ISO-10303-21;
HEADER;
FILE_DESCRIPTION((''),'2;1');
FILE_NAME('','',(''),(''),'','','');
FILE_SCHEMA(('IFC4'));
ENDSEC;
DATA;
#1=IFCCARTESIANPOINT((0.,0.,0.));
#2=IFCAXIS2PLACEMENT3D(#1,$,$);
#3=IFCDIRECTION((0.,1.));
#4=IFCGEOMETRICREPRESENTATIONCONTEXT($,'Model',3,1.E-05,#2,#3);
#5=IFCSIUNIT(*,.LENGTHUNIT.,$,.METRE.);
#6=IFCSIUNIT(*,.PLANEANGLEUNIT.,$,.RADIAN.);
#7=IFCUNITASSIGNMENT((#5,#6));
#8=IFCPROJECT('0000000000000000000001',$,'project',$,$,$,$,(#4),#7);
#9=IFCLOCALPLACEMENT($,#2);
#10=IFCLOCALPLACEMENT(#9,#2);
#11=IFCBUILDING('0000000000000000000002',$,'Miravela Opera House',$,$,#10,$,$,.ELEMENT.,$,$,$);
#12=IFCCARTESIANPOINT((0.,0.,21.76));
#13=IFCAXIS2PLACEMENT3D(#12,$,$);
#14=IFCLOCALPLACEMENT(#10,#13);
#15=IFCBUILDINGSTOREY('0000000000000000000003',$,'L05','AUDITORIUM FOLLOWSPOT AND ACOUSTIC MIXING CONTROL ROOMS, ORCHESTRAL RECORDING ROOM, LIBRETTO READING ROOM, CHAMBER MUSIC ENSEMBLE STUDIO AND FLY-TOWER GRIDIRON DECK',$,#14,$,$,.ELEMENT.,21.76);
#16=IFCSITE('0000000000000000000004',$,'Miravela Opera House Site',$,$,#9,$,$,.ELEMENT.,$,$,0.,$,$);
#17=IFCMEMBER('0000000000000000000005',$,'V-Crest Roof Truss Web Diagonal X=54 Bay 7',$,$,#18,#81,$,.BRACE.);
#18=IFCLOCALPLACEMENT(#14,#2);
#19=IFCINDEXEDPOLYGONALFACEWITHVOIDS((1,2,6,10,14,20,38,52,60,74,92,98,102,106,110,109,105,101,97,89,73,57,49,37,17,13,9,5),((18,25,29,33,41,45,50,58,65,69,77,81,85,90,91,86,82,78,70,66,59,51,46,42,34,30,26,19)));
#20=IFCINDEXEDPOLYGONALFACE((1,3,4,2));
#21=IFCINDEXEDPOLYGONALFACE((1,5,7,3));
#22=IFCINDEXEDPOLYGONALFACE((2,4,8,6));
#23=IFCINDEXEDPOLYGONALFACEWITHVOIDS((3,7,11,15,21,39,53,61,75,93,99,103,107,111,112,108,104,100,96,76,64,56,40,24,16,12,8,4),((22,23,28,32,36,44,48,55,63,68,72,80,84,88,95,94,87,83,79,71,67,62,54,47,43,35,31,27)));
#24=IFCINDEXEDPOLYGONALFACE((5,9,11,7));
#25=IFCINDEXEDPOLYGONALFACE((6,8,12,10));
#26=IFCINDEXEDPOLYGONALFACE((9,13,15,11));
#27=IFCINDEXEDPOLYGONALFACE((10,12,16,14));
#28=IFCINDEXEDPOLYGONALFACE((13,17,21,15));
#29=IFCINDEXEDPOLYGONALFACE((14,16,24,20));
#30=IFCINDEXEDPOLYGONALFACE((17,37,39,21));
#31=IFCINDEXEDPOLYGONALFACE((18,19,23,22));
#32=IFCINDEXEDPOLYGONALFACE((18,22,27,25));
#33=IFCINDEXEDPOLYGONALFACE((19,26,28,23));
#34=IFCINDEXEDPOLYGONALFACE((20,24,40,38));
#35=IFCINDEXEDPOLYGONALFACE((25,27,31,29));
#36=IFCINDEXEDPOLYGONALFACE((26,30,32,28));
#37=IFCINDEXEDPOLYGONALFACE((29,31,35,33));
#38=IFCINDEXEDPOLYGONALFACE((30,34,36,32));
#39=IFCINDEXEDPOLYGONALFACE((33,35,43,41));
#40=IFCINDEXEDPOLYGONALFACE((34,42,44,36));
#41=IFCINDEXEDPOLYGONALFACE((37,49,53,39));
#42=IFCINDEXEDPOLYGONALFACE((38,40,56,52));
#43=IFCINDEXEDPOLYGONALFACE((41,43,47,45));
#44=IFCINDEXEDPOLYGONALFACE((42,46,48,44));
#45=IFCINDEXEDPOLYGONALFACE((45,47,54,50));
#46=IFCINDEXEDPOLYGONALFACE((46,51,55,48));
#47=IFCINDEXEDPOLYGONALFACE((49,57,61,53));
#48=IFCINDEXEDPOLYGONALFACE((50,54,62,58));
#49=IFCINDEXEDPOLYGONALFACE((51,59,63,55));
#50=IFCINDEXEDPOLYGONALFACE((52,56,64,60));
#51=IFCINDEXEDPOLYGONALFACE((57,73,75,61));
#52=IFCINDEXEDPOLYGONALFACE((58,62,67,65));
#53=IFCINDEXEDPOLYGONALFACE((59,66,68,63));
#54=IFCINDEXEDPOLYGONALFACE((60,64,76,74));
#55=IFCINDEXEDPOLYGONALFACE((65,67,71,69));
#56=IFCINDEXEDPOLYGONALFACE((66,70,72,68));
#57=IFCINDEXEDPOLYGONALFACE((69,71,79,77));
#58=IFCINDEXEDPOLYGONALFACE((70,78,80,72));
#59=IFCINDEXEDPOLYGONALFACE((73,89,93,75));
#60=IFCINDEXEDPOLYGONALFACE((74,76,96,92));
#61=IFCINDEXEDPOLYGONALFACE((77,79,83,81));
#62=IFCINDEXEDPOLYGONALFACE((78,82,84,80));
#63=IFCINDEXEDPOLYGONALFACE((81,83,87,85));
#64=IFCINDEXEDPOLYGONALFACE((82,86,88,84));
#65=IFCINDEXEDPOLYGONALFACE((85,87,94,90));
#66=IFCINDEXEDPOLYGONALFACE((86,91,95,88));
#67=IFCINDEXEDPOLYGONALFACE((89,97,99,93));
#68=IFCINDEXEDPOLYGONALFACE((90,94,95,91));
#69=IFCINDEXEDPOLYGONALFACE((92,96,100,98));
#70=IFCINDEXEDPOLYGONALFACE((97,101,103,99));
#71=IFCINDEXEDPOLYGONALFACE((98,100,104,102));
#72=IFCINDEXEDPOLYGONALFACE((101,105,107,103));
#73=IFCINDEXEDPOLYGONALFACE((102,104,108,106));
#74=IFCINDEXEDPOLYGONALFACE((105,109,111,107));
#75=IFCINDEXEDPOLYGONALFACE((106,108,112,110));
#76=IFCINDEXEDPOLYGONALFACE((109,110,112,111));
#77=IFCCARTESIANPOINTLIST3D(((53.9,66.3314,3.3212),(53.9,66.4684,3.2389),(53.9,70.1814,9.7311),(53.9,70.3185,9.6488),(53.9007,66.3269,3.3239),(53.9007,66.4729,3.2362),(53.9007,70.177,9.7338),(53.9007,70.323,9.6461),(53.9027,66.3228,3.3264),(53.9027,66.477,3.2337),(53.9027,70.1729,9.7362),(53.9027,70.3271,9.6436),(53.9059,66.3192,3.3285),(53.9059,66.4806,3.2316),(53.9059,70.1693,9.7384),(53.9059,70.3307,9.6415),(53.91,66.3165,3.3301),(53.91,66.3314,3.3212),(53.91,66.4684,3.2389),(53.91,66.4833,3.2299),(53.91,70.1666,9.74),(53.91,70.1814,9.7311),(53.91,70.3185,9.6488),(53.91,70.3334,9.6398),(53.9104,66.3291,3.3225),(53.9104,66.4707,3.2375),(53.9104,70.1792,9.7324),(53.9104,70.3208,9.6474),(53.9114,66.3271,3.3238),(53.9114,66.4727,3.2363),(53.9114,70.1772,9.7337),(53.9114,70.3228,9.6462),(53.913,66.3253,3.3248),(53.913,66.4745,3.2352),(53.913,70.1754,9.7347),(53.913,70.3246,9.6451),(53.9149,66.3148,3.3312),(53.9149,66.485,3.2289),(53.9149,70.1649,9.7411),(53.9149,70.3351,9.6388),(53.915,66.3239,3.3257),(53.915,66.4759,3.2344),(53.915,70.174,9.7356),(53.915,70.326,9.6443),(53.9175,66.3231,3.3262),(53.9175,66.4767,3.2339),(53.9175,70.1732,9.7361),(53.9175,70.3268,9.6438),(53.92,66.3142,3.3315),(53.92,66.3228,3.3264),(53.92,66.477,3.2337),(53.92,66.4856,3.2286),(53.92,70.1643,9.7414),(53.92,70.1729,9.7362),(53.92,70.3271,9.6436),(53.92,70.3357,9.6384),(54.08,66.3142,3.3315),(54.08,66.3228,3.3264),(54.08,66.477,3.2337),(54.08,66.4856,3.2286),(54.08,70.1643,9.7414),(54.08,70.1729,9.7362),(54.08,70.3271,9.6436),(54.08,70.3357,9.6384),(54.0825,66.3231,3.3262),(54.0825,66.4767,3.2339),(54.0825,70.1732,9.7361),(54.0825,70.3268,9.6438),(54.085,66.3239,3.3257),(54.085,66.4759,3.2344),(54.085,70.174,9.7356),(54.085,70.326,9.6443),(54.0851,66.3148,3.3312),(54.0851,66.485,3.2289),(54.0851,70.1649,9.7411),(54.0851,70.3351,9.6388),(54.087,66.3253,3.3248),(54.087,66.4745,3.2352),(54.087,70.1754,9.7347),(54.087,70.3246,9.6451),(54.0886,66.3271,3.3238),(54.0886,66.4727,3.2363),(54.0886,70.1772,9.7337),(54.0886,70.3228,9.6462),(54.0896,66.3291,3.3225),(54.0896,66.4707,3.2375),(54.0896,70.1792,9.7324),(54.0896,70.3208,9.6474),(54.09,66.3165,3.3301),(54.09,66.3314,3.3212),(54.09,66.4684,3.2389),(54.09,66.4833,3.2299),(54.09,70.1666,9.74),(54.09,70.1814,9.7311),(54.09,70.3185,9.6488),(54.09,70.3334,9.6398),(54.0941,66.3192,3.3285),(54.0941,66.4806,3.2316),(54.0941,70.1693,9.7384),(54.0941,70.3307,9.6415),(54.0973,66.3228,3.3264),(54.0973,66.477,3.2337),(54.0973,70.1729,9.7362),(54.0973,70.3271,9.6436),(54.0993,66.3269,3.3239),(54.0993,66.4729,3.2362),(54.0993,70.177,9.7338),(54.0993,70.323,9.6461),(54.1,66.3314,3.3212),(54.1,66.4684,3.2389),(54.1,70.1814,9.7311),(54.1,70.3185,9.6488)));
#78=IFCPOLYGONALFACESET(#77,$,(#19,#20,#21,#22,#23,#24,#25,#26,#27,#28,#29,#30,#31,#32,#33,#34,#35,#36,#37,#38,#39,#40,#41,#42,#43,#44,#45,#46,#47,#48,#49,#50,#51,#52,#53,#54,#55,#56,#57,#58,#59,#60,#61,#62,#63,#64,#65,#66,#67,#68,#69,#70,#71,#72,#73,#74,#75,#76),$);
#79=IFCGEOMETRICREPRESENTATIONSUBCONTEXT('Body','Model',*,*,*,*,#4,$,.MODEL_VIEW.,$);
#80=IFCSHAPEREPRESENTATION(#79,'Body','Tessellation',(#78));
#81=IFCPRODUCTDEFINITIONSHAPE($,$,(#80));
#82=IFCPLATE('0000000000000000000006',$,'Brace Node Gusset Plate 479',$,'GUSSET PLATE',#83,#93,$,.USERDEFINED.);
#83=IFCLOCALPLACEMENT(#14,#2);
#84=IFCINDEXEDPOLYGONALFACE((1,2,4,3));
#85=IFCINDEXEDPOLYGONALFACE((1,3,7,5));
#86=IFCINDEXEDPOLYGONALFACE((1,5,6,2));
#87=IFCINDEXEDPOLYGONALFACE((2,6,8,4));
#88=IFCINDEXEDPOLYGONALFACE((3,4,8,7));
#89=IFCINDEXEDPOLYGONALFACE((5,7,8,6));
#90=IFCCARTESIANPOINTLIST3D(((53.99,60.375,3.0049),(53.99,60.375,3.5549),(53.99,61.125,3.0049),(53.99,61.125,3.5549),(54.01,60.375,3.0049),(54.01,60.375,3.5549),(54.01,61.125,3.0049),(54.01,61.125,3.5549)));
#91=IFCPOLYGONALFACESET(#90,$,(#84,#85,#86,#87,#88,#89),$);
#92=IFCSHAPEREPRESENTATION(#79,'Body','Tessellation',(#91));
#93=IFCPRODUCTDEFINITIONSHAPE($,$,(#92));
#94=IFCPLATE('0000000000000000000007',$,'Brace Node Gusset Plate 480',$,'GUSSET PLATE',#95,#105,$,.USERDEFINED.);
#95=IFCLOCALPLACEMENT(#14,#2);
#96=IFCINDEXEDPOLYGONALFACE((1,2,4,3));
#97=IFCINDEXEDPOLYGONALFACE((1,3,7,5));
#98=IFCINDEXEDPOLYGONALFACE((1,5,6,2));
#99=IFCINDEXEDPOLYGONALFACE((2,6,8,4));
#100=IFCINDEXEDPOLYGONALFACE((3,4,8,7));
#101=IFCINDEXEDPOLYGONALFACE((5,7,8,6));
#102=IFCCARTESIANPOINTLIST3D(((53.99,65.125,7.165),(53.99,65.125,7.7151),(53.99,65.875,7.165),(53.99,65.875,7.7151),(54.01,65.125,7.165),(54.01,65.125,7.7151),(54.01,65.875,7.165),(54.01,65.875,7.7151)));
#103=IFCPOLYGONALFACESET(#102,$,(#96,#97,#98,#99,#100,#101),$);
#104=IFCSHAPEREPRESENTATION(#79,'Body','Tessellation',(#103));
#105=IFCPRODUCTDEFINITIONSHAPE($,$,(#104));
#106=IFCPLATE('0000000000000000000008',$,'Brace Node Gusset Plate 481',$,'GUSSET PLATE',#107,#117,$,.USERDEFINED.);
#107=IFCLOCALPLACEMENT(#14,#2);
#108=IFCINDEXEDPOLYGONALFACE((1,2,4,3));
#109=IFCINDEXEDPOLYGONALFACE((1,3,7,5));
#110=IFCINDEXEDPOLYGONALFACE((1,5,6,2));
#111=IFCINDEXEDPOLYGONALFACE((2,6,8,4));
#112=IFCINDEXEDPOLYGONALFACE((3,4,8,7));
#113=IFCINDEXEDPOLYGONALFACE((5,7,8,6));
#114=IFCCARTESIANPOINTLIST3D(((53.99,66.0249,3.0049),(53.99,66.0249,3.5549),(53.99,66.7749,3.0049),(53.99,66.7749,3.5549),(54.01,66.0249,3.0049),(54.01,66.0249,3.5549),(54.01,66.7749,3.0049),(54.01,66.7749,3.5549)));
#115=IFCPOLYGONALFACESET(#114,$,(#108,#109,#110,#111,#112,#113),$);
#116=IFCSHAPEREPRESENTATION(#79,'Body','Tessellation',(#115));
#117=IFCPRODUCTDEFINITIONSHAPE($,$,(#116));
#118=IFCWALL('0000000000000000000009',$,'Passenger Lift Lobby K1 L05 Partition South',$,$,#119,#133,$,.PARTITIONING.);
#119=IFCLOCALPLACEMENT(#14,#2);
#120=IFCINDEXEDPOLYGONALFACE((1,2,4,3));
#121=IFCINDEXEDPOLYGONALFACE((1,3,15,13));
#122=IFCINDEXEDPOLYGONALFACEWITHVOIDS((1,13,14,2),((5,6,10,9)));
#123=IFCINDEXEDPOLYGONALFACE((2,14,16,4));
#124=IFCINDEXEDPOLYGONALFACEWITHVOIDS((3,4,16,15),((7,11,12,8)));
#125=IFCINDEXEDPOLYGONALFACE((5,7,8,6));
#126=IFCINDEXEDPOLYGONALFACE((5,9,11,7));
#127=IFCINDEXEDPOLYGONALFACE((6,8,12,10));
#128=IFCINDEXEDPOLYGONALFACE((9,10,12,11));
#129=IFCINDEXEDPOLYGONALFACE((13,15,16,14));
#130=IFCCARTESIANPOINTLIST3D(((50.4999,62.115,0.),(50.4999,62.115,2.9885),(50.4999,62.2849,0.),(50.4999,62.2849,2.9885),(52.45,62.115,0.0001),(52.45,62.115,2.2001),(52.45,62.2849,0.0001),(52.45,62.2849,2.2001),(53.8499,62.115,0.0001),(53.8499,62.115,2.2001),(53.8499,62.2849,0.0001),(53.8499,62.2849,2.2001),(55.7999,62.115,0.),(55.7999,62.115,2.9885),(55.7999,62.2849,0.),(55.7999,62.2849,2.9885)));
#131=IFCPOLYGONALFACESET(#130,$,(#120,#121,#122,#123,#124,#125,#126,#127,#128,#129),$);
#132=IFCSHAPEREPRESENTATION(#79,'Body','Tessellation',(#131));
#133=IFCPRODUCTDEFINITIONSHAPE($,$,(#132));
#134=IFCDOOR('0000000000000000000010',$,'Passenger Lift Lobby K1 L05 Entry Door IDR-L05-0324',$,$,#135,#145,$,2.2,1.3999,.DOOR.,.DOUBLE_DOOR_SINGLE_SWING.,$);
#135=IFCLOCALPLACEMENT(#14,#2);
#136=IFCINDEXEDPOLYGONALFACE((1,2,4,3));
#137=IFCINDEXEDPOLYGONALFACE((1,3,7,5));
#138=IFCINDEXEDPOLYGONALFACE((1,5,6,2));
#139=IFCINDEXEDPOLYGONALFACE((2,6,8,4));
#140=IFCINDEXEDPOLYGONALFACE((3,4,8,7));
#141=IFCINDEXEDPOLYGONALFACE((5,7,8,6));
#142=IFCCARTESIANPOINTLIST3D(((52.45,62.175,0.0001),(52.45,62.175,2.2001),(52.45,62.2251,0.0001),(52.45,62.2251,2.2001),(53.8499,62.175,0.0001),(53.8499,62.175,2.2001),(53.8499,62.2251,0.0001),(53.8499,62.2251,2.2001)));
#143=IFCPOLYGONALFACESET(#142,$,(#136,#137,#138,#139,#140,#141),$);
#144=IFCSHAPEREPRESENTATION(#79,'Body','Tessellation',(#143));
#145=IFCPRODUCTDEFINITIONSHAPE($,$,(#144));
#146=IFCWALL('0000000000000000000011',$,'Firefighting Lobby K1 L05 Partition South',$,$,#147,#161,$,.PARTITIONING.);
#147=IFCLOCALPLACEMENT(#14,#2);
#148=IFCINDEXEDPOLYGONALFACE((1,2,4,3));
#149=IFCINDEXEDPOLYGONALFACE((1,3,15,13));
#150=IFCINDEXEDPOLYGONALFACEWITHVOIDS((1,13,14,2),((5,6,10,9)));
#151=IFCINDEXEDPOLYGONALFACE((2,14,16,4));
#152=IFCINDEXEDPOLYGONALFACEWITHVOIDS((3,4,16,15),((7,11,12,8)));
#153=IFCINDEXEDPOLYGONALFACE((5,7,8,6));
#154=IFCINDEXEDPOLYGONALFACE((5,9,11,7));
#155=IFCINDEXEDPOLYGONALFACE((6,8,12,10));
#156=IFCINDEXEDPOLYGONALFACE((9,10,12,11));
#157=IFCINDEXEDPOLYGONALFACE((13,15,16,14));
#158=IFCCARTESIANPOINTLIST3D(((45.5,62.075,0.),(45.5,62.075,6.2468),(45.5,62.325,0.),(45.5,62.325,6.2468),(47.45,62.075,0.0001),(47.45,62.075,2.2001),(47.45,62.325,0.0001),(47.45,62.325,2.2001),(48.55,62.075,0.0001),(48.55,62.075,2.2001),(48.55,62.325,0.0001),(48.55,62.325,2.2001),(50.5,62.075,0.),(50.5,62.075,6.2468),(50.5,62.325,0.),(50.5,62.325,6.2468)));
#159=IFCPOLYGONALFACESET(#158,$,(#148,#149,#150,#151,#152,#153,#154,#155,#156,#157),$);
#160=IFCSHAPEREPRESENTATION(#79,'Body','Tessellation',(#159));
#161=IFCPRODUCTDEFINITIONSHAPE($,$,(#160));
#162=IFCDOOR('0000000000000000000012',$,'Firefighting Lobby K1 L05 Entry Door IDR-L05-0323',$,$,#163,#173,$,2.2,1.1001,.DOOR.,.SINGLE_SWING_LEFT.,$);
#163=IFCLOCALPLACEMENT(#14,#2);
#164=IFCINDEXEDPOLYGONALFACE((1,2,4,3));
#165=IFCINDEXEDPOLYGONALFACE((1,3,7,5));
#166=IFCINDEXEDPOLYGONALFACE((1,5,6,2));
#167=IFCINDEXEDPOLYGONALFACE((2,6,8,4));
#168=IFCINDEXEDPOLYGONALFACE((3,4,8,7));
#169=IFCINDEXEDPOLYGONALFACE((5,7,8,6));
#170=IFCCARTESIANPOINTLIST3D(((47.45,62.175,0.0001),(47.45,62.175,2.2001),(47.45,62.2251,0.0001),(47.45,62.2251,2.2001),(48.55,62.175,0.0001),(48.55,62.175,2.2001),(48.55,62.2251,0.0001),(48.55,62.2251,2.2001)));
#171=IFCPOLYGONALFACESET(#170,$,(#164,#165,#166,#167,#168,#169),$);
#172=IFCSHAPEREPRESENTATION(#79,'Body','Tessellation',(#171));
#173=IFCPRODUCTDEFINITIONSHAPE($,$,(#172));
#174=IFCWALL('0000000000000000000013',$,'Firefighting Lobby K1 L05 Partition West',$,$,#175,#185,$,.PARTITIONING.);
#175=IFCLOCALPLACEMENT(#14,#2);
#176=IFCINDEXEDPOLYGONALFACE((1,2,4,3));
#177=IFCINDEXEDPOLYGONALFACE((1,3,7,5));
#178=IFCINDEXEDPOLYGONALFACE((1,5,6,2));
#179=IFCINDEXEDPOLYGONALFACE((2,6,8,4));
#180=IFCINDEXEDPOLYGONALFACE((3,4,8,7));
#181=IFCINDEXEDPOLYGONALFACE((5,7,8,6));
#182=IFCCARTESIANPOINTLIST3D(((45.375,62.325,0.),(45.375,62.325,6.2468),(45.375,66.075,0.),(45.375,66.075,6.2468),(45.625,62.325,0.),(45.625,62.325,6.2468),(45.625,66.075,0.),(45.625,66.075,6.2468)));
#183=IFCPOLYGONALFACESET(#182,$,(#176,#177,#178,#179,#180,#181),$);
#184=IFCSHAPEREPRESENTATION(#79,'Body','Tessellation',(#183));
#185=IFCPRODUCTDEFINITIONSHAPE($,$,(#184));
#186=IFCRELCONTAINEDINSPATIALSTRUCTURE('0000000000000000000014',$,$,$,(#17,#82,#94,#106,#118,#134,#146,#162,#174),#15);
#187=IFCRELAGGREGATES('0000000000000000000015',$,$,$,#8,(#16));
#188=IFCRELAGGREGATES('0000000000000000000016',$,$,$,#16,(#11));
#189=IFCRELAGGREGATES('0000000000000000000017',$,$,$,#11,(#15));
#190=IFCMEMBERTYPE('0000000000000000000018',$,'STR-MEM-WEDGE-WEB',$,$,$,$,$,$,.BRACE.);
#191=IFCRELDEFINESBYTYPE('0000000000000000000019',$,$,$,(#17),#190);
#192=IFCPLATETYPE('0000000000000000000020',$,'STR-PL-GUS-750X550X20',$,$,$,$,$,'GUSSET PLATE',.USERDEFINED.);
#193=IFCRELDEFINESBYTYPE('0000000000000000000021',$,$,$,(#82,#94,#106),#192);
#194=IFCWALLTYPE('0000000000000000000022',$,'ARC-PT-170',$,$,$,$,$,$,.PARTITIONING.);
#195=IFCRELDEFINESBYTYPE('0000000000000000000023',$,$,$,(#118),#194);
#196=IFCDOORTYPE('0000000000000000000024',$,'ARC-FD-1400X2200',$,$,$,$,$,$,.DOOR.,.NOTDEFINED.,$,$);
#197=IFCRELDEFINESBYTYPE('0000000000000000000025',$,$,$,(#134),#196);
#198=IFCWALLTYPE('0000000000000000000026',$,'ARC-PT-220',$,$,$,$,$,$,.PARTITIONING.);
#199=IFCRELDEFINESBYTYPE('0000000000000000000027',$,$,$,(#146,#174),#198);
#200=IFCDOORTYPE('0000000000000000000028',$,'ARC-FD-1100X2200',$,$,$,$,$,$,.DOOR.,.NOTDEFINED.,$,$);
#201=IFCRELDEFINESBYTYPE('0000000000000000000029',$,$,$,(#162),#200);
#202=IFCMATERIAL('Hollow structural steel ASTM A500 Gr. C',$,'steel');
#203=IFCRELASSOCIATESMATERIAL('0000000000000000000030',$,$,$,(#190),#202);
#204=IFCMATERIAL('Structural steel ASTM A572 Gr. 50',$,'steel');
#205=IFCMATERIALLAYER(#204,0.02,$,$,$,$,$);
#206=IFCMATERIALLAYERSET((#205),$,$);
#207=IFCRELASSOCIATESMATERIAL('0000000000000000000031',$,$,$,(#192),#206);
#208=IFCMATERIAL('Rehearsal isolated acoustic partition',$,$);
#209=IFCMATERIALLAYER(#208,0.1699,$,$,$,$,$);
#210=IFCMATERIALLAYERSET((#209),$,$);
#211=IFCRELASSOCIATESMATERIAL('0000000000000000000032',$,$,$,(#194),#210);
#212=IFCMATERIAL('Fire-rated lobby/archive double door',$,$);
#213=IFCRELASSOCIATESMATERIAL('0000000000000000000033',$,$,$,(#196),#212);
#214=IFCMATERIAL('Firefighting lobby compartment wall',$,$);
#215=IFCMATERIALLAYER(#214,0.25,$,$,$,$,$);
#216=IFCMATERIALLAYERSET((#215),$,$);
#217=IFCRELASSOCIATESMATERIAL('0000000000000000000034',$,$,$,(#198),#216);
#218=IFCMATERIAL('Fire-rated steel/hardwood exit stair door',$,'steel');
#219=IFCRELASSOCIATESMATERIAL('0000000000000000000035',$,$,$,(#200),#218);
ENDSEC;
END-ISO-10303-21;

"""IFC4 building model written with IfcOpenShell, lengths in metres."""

from ifc_helpers import new_model, si_unit, direction, frame, frame_2d, origin, origin_2d, place, context, subcontext, project, spatial, rectangle, hollow_rectangle, extrude, material, layer, layer_set, material_profile, profile_set, type_object, element, fill, save


model = new_model("IFC4")

# Units and contexts
model_context = context("Model", 3, precision=1e-05, world=origin(), true_north=direction((0.0, 1.0)))
body_context = subcontext(model_context, "Body", "Model", "MODEL_VIEW")
ifc_project = project(units=[si_unit("LENGTHUNIT", "METRE"), si_unit("PLANEANGLEUNIT", "RADIAN")], contexts=[model_context])

# Site, building, storey
site_placement = place(None, origin())
site = spatial("IfcSite", under=ifc_project, at=site_placement, Name="Miravela Opera House Site", CompositionType="ELEMENT", RefElevation=0.0)
building_placement = place(site_placement, origin())
building = spatial("IfcBuilding", under=site, at=building_placement, Name="Miravela Opera House", CompositionType="ELEMENT")
storey_placement = place(building_placement, frame((0.0, 0.0, 21.76)))
storey = spatial("IfcBuildingStorey", under=building, at=storey_placement, Name="L05", Description="AUDITORIUM FOLLOWSPOT AND ACOUSTIC MIXING CONTROL ROOMS, ORCHESTRAL RECORDING ROOM, LIBRETTO READING ROOM, CHAMBER MUSIC ENSEMBLE STUDIO AND FLY-TOWER GRIDIRON DECK", CompositionType="ELEMENT", Elevation=21.76)

# Member
ifc_material_1 = material(Name="Hollow structural steel ASTM A500 Gr. C", Category="steel")
ifc_material_profile_1 = material_profile(ifc_material_1, hollow_rectangle(XDim=0.2, YDim=0.2, WallThickness=0.01, InnerFilletRadius=0.01, OuterFilletRadius=0.02, at=origin_2d()), Name="HSS200X200X10")
ifc_profile_set_1 = profile_set([ifc_material_profile_1])
member_type_1 = type_object("IfcMemberType", Name="STR-MEM-WEDGE-WEB", PredefinedType="BRACE", material=ifc_profile_set_1)
member_1_placement = place(storey_placement, frame((54.0, 66.3999, 3.28), z_axis=(0.0, 0.514904, 0.857248), x_axis=(-1.0, 0.0, 0.0)))
element("IfcMember", 1, at=member_1_placement, inside=storey, type_object=member_type_1, Name="V-Crest Roof Truss Web Diagonal X=54 Bay 7", PredefinedType="BRACE", context=body_context, shape_type="SweptSolid", body=[
    extrude(hollow_rectangle(XDim=0.2, YDim=0.2, WallThickness=0.01, InnerFilletRadius=0.01, OuterFilletRadius=0.02, at=origin_2d()), origin(), (0.0, 0.0, 1.0), 7.4773),
])

# Plates
ifc_material_2 = material(Name="Structural steel ASTM A572 Gr. 50", Category="steel")
ifc_layer_1 = layer(ifc_material_2, 0.02)
ifc_layer_set_1 = layer_set([ifc_layer_1])
plate_type = type_object("IfcPlateType", Name="STR-PL-GUS-750X550X20", ElementType="GUSSET PLATE", PredefinedType="USERDEFINED", material=ifc_layer_set_1)
for number, where, z_axis, x_axis, name in (
    (2, (54.0, 60.75, 3.0049), (0.0, 0.0, 1.0), (0.0, 1.0, 0.0), "Brace Node Gusset Plate 479"),
    (3, (54.0, 65.5, 7.165), (0.0, 0.0, 1.0), (0.0, 1.0, 0.0), "Brace Node Gusset Plate 480"),
    (4, (54.0, 66.3999, 3.0049), (0.0, 0.0, 1.0), (0.0, 1.0, 0.0), "Brace Node Gusset Plate 481"),
):
    element("IfcPlate", number, at=place(storey_placement, frame(where, z_axis=z_axis, x_axis=x_axis)), inside=storey, type_object=plate_type, Name=name, ObjectType="GUSSET PLATE", PredefinedType="USERDEFINED", context=body_context, shape_type="SweptSolid", body=[
        extrude(rectangle(XDim=0.75, YDim=0.02, at=origin_2d()), origin(), (0.0, 0.0, 1.0), 0.55),
    ])

# Walls, openings, doors
ifc_material_3 = material(Name="Rehearsal isolated acoustic partition")
ifc_layer_2 = layer(ifc_material_3, 0.1699)
ifc_layer_set_2 = layer_set([ifc_layer_2])
wall_type_1 = type_object("IfcWallType", Name="ARC-PT-170", PredefinedType="PARTITIONING", material=ifc_layer_set_2)
wall_1_placement = place(storey_placement, frame((50.5, 62.2, 0.0), z_axis=(0.0, 0.0, 1.0), x_axis=(1.0, 0.0, 0.0)))
wall_1 = element("IfcWall", 5, at=wall_1_placement, inside=storey, type_object=wall_type_1, Name="Passenger Lift Lobby K1 L05 Partition South", PredefinedType="PARTITIONING", context=body_context, shape_type="SweptSolid", body=[
    extrude(rectangle(XDim=5.3, YDim=0.1699, at=frame_2d((2.6499, 0.0))), origin(), (0.0, 0.0, 1.0), 2.9885),
])
opening_1_placement = place(wall_1_placement, frame((1.95, 0.0, 0.0)))
opening_1 = element("IfcOpeningElement", 6, at=opening_1_placement, cuts=wall_1, PredefinedType="OPENING", context=body_context, shape_type="SweptSolid", body=[
    extrude(rectangle(XDim=1.3999, YDim=2.2, at=frame_2d((0.7, 1.1001))), frame((0.0, 0.095, 0.0), z_axis=(0.0, -1.0, 0.0), x_axis=(1.0, 0.0, 0.0)), (0.0, 0.0, 1.0), 0.1899),
])
ifc_material_4 = material(Name="Fire-rated lobby/archive double door")
door_type_1 = type_object("IfcDoorType", Name="ARC-FD-1400X2200", OperationType="NOTDEFINED", PredefinedType="DOOR", material=ifc_material_4)
door_1_placement = place(opening_1_placement, frame((1.3999, 0.0, 0.0), z_axis=(0.0, 0.0, 1.0), x_axis=(-1.0, 0.0, 0.0)))
door_1 = element("IfcDoor", 7, at=door_1_placement, inside=storey, type_object=door_type_1, Name="Passenger Lift Lobby K1 L05 Entry Door IDR-L05-0324", OperationType="DOUBLE_DOOR_SINGLE_SWING", OverallHeight=2.2, OverallWidth=1.3999, PredefinedType="DOOR", context=body_context, shape_type="SweptSolid", body=[
    extrude(rectangle(XDim=1.3999, YDim=2.2, at=frame_2d((0.7, 1.1001))), frame((0.0, 0.0249, 0.0), z_axis=(0.0, -1.0, 0.0), x_axis=(1.0, 0.0, 0.0)), (0.0, 0.0, 1.0), 0.05),
])
fill(opening_1, door_1)
ifc_material_5 = material(Name="Firefighting lobby compartment wall")
ifc_layer_3 = layer(ifc_material_5, 0.25)
ifc_layer_set_3 = layer_set([ifc_layer_3])
wall_type_2 = type_object("IfcWallType", Name="ARC-PT-220", PredefinedType="PARTITIONING", material=ifc_layer_set_3)
wall_2_placement = place(storey_placement, frame((45.5, 62.2, 0.0), z_axis=(0.0, 0.0, 1.0), x_axis=(1.0, 0.0, 0.0)))
wall_2 = element("IfcWall", 8, at=wall_2_placement, inside=storey, type_object=wall_type_2, Name="Firefighting Lobby K1 L05 Partition South", PredefinedType="PARTITIONING", context=body_context, shape_type="SweptSolid", body=[
    extrude(rectangle(XDim=5.0, YDim=0.25, at=frame_2d((2.5, 0.0))), origin(), (0.0, 0.0, 1.0), 6.2468),
])
opening_2_placement = place(wall_2_placement, frame((1.95, 0.0, 0.0)))
opening_2 = element("IfcOpeningElement", 9, at=opening_2_placement, cuts=wall_2, PredefinedType="OPENING", context=body_context, shape_type="SweptSolid", body=[
    extrude(rectangle(XDim=1.1001, YDim=2.2, at=frame_2d((0.55, 1.1001))), frame((0.0, 0.135, 0.0), z_axis=(0.0, -1.0, 0.0), x_axis=(1.0, 0.0, 0.0)), (0.0, 0.0, 1.0), 0.27),
])
ifc_material_6 = material(Name="Fire-rated steel/hardwood exit stair door", Category="steel")
door_type_2 = type_object("IfcDoorType", Name="ARC-FD-1100X2200", OperationType="NOTDEFINED", PredefinedType="DOOR", material=ifc_material_6)
door_2_placement = place(opening_2_placement, frame((1.1001, 0.0, 0.0), z_axis=(0.0, 0.0, 1.0), x_axis=(-1.0, 0.0, 0.0)))
door_2 = element("IfcDoor", 10, at=door_2_placement, inside=storey, type_object=door_type_2, Name="Firefighting Lobby K1 L05 Entry Door IDR-L05-0323", OperationType="SINGLE_SWING_LEFT", OverallHeight=2.2, OverallWidth=1.1001, PredefinedType="DOOR", context=body_context, shape_type="SweptSolid", body=[
    extrude(rectangle(XDim=1.1001, YDim=2.2, at=frame_2d((0.55, 1.1001))), frame((0.0, 0.0249, 0.0), z_axis=(0.0, -1.0, 0.0), x_axis=(1.0, 0.0, 0.0)), (0.0, 0.0, 1.0), 0.05),
])
fill(opening_2, door_2)

# Wall
for number, where, z_axis, x_axis, name in (
    (11, (45.5, 62.325, 0.0), (0.0, 0.0, 1.0), (0.0, 1.0, 0.0), "Firefighting Lobby K1 L05 Partition West"),
):
    element("IfcWall", number, at=place(storey_placement, frame(where, z_axis=z_axis, x_axis=x_axis)), inside=storey, type_object=wall_type_2, Name=name, PredefinedType="PARTITIONING", context=body_context, shape_type="SweptSolid", body=[
        extrude(rectangle(XDim=3.75, YDim=0.25, at=frame_2d((1.875, 0.0))), origin(), (0.0, 0.0, 1.0), 6.2468),
    ])

save(model, "model.ifc")
